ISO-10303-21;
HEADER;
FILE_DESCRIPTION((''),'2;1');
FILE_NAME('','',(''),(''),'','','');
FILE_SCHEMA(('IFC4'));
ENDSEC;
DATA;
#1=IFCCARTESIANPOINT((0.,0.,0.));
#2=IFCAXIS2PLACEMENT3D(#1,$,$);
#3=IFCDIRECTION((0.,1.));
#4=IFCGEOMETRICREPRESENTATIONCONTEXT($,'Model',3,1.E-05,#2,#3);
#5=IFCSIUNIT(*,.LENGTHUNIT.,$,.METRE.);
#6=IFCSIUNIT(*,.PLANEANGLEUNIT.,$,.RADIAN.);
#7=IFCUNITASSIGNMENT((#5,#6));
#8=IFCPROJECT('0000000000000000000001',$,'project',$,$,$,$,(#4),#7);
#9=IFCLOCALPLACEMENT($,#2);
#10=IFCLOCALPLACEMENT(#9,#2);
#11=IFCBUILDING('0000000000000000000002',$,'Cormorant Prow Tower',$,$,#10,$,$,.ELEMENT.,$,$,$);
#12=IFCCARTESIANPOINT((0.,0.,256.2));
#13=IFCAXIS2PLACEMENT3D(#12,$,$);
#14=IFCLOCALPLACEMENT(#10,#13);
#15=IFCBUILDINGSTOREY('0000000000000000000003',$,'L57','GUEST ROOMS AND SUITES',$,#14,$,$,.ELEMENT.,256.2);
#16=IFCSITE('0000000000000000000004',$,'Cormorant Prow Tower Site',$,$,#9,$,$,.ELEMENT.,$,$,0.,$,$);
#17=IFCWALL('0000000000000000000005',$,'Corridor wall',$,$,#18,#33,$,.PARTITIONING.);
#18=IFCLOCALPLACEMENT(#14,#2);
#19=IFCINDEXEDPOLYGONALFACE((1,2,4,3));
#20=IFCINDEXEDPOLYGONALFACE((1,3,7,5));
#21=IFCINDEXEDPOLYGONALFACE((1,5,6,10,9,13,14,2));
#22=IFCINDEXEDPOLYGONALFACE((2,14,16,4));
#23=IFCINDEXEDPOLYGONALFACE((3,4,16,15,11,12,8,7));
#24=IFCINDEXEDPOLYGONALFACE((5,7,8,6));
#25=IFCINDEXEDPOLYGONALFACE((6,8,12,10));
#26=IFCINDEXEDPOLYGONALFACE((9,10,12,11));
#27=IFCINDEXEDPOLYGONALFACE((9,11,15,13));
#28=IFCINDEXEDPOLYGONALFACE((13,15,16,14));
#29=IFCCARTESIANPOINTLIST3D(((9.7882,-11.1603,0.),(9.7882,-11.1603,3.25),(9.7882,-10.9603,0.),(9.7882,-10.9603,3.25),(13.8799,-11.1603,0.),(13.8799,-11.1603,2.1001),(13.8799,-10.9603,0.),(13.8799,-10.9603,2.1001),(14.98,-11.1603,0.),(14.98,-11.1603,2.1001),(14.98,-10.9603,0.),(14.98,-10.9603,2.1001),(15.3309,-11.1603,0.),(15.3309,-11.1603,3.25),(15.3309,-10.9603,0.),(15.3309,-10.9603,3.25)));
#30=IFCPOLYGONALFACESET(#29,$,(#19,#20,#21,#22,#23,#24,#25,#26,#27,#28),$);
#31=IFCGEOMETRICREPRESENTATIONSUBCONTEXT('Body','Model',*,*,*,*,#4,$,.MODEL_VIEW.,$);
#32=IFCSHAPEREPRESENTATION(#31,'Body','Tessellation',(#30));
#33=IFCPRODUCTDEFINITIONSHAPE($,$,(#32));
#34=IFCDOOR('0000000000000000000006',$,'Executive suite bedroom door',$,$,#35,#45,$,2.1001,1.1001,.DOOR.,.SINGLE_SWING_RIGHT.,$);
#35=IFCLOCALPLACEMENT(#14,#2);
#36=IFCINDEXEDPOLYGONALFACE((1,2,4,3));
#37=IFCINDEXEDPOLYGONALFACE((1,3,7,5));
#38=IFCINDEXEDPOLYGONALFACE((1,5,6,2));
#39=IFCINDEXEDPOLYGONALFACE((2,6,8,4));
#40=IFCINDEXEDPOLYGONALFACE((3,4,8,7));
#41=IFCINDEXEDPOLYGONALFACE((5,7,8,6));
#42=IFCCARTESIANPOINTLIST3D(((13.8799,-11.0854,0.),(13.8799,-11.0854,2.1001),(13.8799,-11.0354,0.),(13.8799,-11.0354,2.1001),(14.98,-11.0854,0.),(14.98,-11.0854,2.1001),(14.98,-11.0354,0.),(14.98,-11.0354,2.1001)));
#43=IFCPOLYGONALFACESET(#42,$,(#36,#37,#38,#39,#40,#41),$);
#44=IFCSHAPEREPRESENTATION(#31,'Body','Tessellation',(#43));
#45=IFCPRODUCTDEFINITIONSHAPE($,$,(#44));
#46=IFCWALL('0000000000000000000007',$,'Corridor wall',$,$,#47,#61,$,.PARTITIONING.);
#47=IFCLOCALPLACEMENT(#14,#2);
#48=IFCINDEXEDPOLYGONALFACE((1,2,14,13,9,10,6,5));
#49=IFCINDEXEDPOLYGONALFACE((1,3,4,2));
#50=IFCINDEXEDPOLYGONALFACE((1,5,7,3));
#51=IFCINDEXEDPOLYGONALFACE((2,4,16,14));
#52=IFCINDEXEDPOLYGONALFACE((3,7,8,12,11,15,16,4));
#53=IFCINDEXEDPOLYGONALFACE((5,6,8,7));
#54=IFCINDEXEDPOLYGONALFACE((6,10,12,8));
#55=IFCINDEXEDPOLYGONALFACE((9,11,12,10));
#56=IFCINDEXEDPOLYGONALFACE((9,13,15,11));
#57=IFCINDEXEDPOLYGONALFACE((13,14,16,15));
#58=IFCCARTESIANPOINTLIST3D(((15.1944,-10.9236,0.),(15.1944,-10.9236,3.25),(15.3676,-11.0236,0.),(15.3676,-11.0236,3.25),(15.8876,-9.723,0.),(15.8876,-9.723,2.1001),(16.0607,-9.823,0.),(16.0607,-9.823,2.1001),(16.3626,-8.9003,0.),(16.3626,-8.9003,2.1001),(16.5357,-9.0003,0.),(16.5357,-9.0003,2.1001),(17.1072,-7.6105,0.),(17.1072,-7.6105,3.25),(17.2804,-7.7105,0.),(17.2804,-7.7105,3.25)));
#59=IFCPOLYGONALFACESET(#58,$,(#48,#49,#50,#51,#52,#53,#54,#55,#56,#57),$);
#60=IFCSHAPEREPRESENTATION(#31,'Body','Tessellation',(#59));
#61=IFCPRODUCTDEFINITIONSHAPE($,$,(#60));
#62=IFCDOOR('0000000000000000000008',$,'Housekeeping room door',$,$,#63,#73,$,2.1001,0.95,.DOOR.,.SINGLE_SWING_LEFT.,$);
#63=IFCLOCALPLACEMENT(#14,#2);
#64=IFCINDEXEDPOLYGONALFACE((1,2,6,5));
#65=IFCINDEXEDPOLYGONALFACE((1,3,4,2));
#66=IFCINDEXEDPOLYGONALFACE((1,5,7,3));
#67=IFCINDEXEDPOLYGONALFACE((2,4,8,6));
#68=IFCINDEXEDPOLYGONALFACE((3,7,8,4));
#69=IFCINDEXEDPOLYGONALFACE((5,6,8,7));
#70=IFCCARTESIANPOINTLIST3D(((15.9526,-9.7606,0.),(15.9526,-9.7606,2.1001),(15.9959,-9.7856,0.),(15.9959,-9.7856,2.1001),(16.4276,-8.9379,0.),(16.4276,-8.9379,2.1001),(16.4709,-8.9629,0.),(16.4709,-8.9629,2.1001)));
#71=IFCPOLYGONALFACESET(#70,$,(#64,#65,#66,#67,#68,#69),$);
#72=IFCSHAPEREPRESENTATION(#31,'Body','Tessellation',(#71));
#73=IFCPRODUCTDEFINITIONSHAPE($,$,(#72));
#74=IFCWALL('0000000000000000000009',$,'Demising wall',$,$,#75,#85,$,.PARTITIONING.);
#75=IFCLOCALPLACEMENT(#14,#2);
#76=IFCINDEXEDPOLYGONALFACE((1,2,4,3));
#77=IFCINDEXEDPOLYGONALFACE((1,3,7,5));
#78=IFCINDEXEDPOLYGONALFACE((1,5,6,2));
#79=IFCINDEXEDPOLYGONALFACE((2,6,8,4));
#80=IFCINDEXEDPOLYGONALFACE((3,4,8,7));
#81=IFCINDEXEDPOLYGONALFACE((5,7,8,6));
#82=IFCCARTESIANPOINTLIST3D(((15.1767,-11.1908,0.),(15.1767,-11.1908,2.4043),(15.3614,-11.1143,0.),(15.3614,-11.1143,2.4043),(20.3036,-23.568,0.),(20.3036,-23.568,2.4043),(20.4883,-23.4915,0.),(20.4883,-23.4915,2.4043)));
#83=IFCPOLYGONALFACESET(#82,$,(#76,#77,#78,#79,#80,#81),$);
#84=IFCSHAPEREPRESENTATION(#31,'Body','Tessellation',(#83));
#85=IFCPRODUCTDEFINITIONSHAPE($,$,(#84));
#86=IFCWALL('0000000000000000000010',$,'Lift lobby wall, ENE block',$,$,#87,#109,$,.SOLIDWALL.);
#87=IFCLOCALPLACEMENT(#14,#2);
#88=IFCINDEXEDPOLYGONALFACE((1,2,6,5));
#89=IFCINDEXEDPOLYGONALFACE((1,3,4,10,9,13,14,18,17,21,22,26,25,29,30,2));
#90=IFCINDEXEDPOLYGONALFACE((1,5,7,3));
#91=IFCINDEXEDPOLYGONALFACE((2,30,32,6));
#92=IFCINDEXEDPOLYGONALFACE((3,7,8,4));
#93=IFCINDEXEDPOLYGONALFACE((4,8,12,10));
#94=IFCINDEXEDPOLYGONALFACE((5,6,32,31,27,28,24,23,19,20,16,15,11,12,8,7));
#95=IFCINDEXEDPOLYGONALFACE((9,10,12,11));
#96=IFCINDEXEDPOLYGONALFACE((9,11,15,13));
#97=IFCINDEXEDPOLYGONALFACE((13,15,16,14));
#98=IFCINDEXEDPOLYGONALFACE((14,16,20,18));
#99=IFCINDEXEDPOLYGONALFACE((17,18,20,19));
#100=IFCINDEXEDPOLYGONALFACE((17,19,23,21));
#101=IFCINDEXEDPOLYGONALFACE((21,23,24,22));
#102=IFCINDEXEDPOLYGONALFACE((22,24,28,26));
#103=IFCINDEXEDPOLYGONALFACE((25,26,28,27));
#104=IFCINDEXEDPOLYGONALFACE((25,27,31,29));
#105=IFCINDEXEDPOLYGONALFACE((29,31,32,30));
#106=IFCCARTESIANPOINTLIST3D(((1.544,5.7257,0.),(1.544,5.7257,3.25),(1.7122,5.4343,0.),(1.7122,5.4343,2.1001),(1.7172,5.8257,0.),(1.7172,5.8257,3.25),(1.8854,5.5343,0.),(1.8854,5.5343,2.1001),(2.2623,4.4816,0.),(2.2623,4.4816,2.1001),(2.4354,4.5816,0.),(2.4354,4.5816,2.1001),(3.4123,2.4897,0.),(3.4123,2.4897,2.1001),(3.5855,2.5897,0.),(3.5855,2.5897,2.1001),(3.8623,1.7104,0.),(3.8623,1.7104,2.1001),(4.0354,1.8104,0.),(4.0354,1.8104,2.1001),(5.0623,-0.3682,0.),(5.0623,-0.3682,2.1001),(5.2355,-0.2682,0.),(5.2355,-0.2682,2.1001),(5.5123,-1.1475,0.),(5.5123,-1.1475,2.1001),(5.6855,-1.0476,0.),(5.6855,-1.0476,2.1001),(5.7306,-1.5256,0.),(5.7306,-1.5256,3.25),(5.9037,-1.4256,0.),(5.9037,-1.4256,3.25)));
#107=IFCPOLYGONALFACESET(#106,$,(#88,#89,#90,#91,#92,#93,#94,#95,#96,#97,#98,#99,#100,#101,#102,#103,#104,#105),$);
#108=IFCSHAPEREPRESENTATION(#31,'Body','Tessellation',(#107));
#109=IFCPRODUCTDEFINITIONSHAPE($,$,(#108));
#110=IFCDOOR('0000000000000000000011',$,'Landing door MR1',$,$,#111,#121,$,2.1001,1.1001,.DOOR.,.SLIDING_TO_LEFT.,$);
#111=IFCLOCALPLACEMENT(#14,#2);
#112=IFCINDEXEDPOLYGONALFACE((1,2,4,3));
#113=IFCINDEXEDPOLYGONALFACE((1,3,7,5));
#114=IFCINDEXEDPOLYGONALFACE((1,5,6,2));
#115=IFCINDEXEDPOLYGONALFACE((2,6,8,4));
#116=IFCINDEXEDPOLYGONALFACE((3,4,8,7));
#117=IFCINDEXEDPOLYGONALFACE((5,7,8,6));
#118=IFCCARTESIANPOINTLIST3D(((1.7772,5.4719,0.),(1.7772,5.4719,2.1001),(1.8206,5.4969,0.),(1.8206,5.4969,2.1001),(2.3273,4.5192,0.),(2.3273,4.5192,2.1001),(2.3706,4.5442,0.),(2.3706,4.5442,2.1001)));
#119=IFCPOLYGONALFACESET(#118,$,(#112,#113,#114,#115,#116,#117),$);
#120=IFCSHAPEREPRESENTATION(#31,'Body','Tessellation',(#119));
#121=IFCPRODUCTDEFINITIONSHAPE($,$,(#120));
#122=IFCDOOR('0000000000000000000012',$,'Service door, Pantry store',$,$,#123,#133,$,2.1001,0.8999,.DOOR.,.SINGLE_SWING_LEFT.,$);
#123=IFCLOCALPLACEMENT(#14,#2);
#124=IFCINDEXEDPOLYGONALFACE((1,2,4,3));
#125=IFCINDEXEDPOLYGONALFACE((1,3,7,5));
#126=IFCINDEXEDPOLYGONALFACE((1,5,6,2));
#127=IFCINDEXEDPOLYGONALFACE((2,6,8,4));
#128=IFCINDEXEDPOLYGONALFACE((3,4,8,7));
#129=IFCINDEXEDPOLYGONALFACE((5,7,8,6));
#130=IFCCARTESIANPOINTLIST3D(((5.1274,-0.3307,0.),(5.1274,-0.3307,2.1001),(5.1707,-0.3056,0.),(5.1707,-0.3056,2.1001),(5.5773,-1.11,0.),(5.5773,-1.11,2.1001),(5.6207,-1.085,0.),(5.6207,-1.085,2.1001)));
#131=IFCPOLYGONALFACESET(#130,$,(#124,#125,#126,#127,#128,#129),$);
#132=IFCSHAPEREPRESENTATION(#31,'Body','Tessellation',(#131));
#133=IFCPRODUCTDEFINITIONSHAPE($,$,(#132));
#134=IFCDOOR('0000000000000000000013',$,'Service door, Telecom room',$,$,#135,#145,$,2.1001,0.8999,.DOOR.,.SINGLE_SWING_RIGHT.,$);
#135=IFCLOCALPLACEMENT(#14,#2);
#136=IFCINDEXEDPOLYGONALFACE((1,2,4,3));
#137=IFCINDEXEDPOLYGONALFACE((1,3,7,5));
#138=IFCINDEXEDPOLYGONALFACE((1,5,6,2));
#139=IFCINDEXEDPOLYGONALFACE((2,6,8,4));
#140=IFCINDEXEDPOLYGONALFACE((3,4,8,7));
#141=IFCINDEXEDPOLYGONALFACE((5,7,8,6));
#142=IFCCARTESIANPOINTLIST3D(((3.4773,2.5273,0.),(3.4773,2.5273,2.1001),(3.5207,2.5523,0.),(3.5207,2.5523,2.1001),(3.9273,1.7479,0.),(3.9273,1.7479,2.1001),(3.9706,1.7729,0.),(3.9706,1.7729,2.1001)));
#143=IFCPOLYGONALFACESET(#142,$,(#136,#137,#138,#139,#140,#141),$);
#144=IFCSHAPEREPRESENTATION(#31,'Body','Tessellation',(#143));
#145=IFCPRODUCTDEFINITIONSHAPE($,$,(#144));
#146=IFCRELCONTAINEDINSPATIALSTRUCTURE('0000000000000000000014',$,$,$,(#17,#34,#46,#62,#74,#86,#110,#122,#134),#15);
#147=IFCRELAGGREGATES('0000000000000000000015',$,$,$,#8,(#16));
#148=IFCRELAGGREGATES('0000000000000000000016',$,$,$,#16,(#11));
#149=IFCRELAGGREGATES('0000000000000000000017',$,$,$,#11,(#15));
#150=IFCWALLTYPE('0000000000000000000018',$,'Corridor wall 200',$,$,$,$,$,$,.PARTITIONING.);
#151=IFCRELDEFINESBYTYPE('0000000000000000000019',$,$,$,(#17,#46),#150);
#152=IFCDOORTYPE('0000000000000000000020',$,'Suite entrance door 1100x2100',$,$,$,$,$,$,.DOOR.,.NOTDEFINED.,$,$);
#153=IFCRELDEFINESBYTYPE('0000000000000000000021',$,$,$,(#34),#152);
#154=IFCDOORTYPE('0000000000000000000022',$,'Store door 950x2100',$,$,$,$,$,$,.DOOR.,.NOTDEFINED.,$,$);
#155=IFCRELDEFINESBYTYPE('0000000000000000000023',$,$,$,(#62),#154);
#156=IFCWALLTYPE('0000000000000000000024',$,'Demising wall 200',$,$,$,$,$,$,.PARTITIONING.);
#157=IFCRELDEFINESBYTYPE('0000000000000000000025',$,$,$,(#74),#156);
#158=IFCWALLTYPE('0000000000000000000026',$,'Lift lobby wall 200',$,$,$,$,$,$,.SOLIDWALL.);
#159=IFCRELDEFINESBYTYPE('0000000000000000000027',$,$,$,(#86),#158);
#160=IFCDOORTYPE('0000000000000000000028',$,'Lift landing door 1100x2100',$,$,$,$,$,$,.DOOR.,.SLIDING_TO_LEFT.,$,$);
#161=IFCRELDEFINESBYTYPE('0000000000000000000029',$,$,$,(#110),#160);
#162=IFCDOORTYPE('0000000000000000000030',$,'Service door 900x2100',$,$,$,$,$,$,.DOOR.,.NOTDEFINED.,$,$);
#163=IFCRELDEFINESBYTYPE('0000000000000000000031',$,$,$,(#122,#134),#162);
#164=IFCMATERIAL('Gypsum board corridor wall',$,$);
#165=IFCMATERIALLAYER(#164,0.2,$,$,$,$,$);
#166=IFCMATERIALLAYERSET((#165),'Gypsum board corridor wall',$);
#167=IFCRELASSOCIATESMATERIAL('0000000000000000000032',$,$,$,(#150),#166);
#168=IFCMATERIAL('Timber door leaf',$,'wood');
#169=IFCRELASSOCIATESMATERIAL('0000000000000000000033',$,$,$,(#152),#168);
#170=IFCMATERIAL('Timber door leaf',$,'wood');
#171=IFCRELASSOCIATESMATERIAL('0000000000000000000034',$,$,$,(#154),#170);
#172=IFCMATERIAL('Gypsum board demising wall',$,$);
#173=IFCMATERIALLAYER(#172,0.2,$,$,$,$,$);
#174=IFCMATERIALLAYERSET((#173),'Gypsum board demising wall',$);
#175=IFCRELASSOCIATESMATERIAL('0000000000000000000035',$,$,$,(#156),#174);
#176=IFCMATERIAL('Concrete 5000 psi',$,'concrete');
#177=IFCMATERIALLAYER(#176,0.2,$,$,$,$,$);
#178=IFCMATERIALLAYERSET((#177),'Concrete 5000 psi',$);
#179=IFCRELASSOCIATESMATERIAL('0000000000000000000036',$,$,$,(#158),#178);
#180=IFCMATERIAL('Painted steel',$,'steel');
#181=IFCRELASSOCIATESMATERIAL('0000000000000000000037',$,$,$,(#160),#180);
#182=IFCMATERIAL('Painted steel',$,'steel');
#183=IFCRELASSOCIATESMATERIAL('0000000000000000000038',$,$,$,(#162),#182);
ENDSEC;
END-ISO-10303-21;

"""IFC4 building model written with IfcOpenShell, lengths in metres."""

from ifc_helpers import new_model, si_unit, direction, frame, frame_2d, origin, place, context, subcontext, project, spatial, rectangle, extrude, material, layer, layer_set, type_object, element, fill, save


model = new_model("IFC4")

# Units and contexts
model_context = context("Model", 3, precision=1e-05, world=origin(), true_north=direction((0.0, 1.0)))
body_context = subcontext(model_context, "Body", "Model", "MODEL_VIEW")
ifc_project = project(units=[si_unit("LENGTHUNIT", "METRE"), si_unit("PLANEANGLEUNIT", "RADIAN")], contexts=[model_context])

# Site, building, storey
site_placement = place(None, origin())
site = spatial("IfcSite", under=ifc_project, at=site_placement, Name="Cormorant Prow Tower Site", CompositionType="ELEMENT", RefElevation=0.0)
building_placement = place(site_placement, origin())
building = spatial("IfcBuilding", under=site, at=building_placement, Name="Cormorant Prow Tower", CompositionType="ELEMENT")
storey_placement = place(building_placement, frame((0.0, 0.0, 256.2)))
storey = spatial("IfcBuildingStorey", under=building, at=storey_placement, Name="L57", Description="GUEST ROOMS AND SUITES", CompositionType="ELEMENT", Elevation=256.2)

# Walls, openings, doors
ifc_material_1 = material(Name="Gypsum board corridor wall")
ifc_layer_1 = layer(ifc_material_1, 0.2)
ifc_layer_set_1 = layer_set([ifc_layer_1], Name="Gypsum board corridor wall")
wall_type_1 = type_object("IfcWallType", Name="Corridor wall 200", PredefinedType="PARTITIONING", material=ifc_layer_set_1)
wall_1_placement = place(storey_placement, frame((9.7881, -11.0603, 0.0), z_axis=(0.0, 0.0, 1.0), x_axis=(1.0, 0.0, 0.0)))
wall_1 = element("IfcWall", 1, at=wall_1_placement, inside=storey, type_object=wall_type_1, Name="Corridor wall", PredefinedType="PARTITIONING", context=body_context, shape_type="SweptSolid", body=[
    extrude(rectangle(XDim=5.5427, YDim=0.2, at=frame_2d((2.7715, 0.0))), origin(), (0.0, 0.0, 1.0), 3.25),
])
opening_1_placement = place(wall_1_placement, frame((4.0918, 0.0, 0.0)))
opening_1 = element("IfcOpeningElement", 2, at=opening_1_placement, cuts=wall_1, PredefinedType="OPENING", context=body_context, shape_type="SweptSolid", body=[
    extrude(rectangle(XDim=1.1001, YDim=2.1001, at=frame_2d((0.55, 1.05))), frame((0.0, 0.1099, 0.0), z_axis=(0.0, -1.0, 0.0), x_axis=(1.0, 0.0, 0.0)), (0.0, 0.0, 1.0), 0.22),
])
ifc_material_2 = material(Name="Timber door leaf", Category="wood")
door_type_1 = type_object("IfcDoorType", Name="Suite entrance door 1100x2100", OperationType="NOTDEFINED", PredefinedType="DOOR", material=ifc_material_2)
door_1_placement = place(opening_1_placement, origin())
door_1 = element("IfcDoor", 3, at=door_1_placement, inside=storey, type_object=door_type_1, Name="Executive suite bedroom door", OperationType="SINGLE_SWING_RIGHT", OverallHeight=2.1001, OverallWidth=1.1001, PredefinedType="DOOR", context=body_context, shape_type="SweptSolid", body=[
    extrude(rectangle(XDim=1.1001, YDim=2.1001, at=frame_2d((0.55, 1.05))), frame((0.0, 0.0249, 0.0), z_axis=(0.0, -1.0, 0.0), x_axis=(1.0, 0.0, 0.0)), (0.0, 0.0, 1.0), 0.05),
])
fill(opening_1, door_1)
wall_2_placement = place(storey_placement, frame((15.281, -10.9736, 0.0), z_axis=(0.0, 0.0, 1.0), x_axis=(0.499989, 0.866031, 0.0)))
wall_2 = element("IfcWall", 4, at=wall_2_placement, inside=storey, type_object=wall_type_1, Name="Corridor wall", PredefinedType="PARTITIONING", context=body_context, shape_type="SweptSolid", body=[
    extrude(rectangle(XDim=3.8257, YDim=0.2, at=frame_2d((1.9128, 0.0))), origin(), (0.0, 0.0, 1.0), 3.25),
])
opening_2_placement = place(wall_2_placement, frame((1.3862, 0.0, 0.0)))
opening_2 = element("IfcOpeningElement", 5, at=opening_2_placement, cuts=wall_2, PredefinedType="OPENING", context=body_context, shape_type="SweptSolid", body=[
    extrude(rectangle(XDim=0.95, YDim=2.1001, at=frame_2d((0.4751, 1.05))), frame((0.0, 0.1099, 0.0), z_axis=(0.0, -1.0, 0.0), x_axis=(1.0, 0.0, 0.0)), (0.0, 0.0, 1.0), 0.22),
])
ifc_material_3 = material(Name="Timber door leaf", Category="wood")
door_type_2 = type_object("IfcDoorType", Name="Store door 950x2100", OperationType="NOTDEFINED", PredefinedType="DOOR", material=ifc_material_3)
door_2_placement = place(opening_2_placement, origin())
door_2 = element("IfcDoor", 6, at=door_2_placement, inside=storey, type_object=door_type_2, Name="Housekeeping room door", OperationType="SINGLE_SWING_LEFT", OverallHeight=2.1001, OverallWidth=0.95, PredefinedType="DOOR", context=body_context, shape_type="SweptSolid", body=[
    extrude(rectangle(XDim=0.95, YDim=2.1001, at=frame_2d((0.4751, 1.05))), frame((0.0, 0.0249, 0.0), z_axis=(0.0, -1.0, 0.0), x_axis=(1.0, 0.0, 0.0)), (0.0, 0.0, 1.0), 0.05),
])
fill(opening_2, door_2)

# Wall
ifc_material_4 = material(Name="Gypsum board demising wall")
ifc_layer_2 = layer(ifc_material_4, 0.2)
ifc_layer_set_2 = layer_set([ifc_layer_2], Name="Gypsum board demising wall")
wall_type_2 = type_object("IfcWallType", Name="Demising wall 200", PredefinedType="PARTITIONING", material=ifc_layer_set_2)
wall_3_placement = place(storey_placement, frame((15.269, -11.1526, 0.0), z_axis=(0.0, 0.0, 1.0), x_axis=(0.382693, -0.923876, 0.0)))
element("IfcWall", 7, at=wall_3_placement, inside=storey, type_object=wall_type_2, Name="Demising wall", PredefinedType="PARTITIONING", context=body_context, shape_type="SweptSolid", body=[
    extrude(rectangle(XDim=13.397, YDim=0.2, at=frame_2d((6.6985, 0.0))), origin(), (0.0, 0.0, 1.0), 2.4043),
])

# Wall, openings, doors
ifc_material_5 = material(Name="Concrete 5000 psi", Category="concrete")
ifc_layer_3 = layer(ifc_material_5, 0.2)
ifc_layer_set_3 = layer_set([ifc_layer_3], Name="Concrete 5000 psi")
wall_type_3 = type_object("IfcWallType", Name="Lift lobby wall 200", PredefinedType="SOLIDWALL", material=ifc_layer_set_3)
wall_4_placement = place(storey_placement, frame((5.8171, -1.4756, 0.0), z_axis=(0.0, 0.0, 1.0), x_axis=(-0.500003, 0.866024, 0.0)))
wall_4 = element("IfcWall", 8, at=wall_4_placement, inside=storey, type_object=wall_type_3, Name="Lift lobby wall, ENE block", PredefinedType="SOLIDWALL", context=body_context, shape_type="SweptSolid", body=[
    extrude(rectangle(XDim=8.373, YDim=0.2, at=frame_2d((4.1865, 0.0))), origin(), (0.0, 0.0, 1.0), 3.25),
])
opening_3_placement = place(wall_4_placement, frame((0.4365, 0.0, 0.0)))
opening_3 = element("IfcOpeningElement", 9, at=opening_3_placement, cuts=wall_4, PredefinedType="OPENING", context=body_context, shape_type="SweptSolid", body=[
    extrude(rectangle(XDim=0.8999, YDim=2.1001, at=frame_2d((0.45, 1.05))), frame((0.0, 0.1099, 0.0), z_axis=(0.0, -1.0, 0.0), x_axis=(1.0, 0.0, 0.0)), (0.0, 0.0, 1.0), 0.22),
])
opening_4_placement = place(wall_4_placement, frame((3.7366, 0.0, 0.0)))
opening_4 = element("IfcOpeningElement", 10, at=opening_4_placement, cuts=wall_4, PredefinedType="OPENING", context=body_context, shape_type="SweptSolid", body=[
    extrude(rectangle(XDim=0.8999, YDim=2.1001, at=frame_2d((0.45, 1.05))), frame((0.0, 0.1099, 0.0), z_axis=(0.0, -1.0, 0.0), x_axis=(1.0, 0.0, 0.0)), (0.0, 0.0, 1.0), 0.22),
])
opening_5_placement = place(wall_4_placement, frame((6.9365, 0.0, 0.0)))
opening_5 = element("IfcOpeningElement", 11, at=opening_5_placement, cuts=wall_4, PredefinedType="OPENING", context=body_context, shape_type="SweptSolid", body=[
    extrude(rectangle(XDim=1.1001, YDim=2.1001, at=frame_2d((0.55, 1.05))), frame((0.0, 0.1099, 0.0), z_axis=(0.0, -1.0, 0.0), x_axis=(1.0, 0.0, 0.0)), (0.0, 0.0, 1.0), 0.22),
])
ifc_material_6 = material(Name="Painted steel", Category="steel")
door_type_3 = type_object("IfcDoorType", Name="Lift landing door 1100x2100", OperationType="SLIDING_TO_LEFT", PredefinedType="DOOR", material=ifc_material_6)
door_3_placement = place(opening_5_placement, origin())
door_3 = element("IfcDoor", 12, at=door_3_placement, inside=storey, type_object=door_type_3, Name="Landing door MR1", OperationType="SLIDING_TO_LEFT", OverallHeight=2.1001, OverallWidth=1.1001, PredefinedType="DOOR", context=body_context, shape_type="SweptSolid", body=[
    extrude(rectangle(XDim=1.1001, YDim=2.1001, at=frame_2d((0.55, 1.05))), frame((0.0, 0.0249, 0.0), z_axis=(0.0, -1.0, 0.0), x_axis=(1.0, 0.0, 0.0)), (0.0, 0.0, 1.0), 0.05),
])
fill(opening_5, door_3)
ifc_material_7 = material(Name="Painted steel", Category="steel")
door_type_4 = type_object("IfcDoorType", Name="Service door 900x2100", OperationType="NOTDEFINED", PredefinedType="DOOR", material=ifc_material_7)
door_4_placement = place(opening_3_placement, origin())
door_4 = element("IfcDoor", 13, at=door_4_placement, inside=storey, type_object=door_type_4, Name="Service door, Pantry store", OperationType="SINGLE_SWING_LEFT", OverallHeight=2.1001, OverallWidth=0.8999, PredefinedType="DOOR", context=body_context, shape_type="SweptSolid", body=[
    extrude(rectangle(XDim=0.8999, YDim=2.1001, at=frame_2d((0.45, 1.05))), frame((0.0, 0.0249, 0.0), z_axis=(0.0, -1.0, 0.0), x_axis=(1.0, 0.0, 0.0)), (0.0, 0.0, 1.0), 0.05),
])
fill(opening_3, door_4)
door_5_placement = place(opening_4_placement, origin())
door_5 = element("IfcDoor", 14, at=door_5_placement, inside=storey, type_object=door_type_4, Name="Service door, Telecom room", OperationType="SINGLE_SWING_RIGHT", OverallHeight=2.1001, OverallWidth=0.8999, PredefinedType="DOOR", context=body_context, shape_type="SweptSolid", body=[
    extrude(rectangle(XDim=0.8999, YDim=2.1001, at=frame_2d((0.45, 1.05))), frame((0.0, 0.0249, 0.0), z_axis=(0.0, -1.0, 0.0), x_axis=(1.0, 0.0, 0.0)), (0.0, 0.0, 1.0), 0.05),
])
fill(opening_4, door_5)

save(model, "model.ifc")
